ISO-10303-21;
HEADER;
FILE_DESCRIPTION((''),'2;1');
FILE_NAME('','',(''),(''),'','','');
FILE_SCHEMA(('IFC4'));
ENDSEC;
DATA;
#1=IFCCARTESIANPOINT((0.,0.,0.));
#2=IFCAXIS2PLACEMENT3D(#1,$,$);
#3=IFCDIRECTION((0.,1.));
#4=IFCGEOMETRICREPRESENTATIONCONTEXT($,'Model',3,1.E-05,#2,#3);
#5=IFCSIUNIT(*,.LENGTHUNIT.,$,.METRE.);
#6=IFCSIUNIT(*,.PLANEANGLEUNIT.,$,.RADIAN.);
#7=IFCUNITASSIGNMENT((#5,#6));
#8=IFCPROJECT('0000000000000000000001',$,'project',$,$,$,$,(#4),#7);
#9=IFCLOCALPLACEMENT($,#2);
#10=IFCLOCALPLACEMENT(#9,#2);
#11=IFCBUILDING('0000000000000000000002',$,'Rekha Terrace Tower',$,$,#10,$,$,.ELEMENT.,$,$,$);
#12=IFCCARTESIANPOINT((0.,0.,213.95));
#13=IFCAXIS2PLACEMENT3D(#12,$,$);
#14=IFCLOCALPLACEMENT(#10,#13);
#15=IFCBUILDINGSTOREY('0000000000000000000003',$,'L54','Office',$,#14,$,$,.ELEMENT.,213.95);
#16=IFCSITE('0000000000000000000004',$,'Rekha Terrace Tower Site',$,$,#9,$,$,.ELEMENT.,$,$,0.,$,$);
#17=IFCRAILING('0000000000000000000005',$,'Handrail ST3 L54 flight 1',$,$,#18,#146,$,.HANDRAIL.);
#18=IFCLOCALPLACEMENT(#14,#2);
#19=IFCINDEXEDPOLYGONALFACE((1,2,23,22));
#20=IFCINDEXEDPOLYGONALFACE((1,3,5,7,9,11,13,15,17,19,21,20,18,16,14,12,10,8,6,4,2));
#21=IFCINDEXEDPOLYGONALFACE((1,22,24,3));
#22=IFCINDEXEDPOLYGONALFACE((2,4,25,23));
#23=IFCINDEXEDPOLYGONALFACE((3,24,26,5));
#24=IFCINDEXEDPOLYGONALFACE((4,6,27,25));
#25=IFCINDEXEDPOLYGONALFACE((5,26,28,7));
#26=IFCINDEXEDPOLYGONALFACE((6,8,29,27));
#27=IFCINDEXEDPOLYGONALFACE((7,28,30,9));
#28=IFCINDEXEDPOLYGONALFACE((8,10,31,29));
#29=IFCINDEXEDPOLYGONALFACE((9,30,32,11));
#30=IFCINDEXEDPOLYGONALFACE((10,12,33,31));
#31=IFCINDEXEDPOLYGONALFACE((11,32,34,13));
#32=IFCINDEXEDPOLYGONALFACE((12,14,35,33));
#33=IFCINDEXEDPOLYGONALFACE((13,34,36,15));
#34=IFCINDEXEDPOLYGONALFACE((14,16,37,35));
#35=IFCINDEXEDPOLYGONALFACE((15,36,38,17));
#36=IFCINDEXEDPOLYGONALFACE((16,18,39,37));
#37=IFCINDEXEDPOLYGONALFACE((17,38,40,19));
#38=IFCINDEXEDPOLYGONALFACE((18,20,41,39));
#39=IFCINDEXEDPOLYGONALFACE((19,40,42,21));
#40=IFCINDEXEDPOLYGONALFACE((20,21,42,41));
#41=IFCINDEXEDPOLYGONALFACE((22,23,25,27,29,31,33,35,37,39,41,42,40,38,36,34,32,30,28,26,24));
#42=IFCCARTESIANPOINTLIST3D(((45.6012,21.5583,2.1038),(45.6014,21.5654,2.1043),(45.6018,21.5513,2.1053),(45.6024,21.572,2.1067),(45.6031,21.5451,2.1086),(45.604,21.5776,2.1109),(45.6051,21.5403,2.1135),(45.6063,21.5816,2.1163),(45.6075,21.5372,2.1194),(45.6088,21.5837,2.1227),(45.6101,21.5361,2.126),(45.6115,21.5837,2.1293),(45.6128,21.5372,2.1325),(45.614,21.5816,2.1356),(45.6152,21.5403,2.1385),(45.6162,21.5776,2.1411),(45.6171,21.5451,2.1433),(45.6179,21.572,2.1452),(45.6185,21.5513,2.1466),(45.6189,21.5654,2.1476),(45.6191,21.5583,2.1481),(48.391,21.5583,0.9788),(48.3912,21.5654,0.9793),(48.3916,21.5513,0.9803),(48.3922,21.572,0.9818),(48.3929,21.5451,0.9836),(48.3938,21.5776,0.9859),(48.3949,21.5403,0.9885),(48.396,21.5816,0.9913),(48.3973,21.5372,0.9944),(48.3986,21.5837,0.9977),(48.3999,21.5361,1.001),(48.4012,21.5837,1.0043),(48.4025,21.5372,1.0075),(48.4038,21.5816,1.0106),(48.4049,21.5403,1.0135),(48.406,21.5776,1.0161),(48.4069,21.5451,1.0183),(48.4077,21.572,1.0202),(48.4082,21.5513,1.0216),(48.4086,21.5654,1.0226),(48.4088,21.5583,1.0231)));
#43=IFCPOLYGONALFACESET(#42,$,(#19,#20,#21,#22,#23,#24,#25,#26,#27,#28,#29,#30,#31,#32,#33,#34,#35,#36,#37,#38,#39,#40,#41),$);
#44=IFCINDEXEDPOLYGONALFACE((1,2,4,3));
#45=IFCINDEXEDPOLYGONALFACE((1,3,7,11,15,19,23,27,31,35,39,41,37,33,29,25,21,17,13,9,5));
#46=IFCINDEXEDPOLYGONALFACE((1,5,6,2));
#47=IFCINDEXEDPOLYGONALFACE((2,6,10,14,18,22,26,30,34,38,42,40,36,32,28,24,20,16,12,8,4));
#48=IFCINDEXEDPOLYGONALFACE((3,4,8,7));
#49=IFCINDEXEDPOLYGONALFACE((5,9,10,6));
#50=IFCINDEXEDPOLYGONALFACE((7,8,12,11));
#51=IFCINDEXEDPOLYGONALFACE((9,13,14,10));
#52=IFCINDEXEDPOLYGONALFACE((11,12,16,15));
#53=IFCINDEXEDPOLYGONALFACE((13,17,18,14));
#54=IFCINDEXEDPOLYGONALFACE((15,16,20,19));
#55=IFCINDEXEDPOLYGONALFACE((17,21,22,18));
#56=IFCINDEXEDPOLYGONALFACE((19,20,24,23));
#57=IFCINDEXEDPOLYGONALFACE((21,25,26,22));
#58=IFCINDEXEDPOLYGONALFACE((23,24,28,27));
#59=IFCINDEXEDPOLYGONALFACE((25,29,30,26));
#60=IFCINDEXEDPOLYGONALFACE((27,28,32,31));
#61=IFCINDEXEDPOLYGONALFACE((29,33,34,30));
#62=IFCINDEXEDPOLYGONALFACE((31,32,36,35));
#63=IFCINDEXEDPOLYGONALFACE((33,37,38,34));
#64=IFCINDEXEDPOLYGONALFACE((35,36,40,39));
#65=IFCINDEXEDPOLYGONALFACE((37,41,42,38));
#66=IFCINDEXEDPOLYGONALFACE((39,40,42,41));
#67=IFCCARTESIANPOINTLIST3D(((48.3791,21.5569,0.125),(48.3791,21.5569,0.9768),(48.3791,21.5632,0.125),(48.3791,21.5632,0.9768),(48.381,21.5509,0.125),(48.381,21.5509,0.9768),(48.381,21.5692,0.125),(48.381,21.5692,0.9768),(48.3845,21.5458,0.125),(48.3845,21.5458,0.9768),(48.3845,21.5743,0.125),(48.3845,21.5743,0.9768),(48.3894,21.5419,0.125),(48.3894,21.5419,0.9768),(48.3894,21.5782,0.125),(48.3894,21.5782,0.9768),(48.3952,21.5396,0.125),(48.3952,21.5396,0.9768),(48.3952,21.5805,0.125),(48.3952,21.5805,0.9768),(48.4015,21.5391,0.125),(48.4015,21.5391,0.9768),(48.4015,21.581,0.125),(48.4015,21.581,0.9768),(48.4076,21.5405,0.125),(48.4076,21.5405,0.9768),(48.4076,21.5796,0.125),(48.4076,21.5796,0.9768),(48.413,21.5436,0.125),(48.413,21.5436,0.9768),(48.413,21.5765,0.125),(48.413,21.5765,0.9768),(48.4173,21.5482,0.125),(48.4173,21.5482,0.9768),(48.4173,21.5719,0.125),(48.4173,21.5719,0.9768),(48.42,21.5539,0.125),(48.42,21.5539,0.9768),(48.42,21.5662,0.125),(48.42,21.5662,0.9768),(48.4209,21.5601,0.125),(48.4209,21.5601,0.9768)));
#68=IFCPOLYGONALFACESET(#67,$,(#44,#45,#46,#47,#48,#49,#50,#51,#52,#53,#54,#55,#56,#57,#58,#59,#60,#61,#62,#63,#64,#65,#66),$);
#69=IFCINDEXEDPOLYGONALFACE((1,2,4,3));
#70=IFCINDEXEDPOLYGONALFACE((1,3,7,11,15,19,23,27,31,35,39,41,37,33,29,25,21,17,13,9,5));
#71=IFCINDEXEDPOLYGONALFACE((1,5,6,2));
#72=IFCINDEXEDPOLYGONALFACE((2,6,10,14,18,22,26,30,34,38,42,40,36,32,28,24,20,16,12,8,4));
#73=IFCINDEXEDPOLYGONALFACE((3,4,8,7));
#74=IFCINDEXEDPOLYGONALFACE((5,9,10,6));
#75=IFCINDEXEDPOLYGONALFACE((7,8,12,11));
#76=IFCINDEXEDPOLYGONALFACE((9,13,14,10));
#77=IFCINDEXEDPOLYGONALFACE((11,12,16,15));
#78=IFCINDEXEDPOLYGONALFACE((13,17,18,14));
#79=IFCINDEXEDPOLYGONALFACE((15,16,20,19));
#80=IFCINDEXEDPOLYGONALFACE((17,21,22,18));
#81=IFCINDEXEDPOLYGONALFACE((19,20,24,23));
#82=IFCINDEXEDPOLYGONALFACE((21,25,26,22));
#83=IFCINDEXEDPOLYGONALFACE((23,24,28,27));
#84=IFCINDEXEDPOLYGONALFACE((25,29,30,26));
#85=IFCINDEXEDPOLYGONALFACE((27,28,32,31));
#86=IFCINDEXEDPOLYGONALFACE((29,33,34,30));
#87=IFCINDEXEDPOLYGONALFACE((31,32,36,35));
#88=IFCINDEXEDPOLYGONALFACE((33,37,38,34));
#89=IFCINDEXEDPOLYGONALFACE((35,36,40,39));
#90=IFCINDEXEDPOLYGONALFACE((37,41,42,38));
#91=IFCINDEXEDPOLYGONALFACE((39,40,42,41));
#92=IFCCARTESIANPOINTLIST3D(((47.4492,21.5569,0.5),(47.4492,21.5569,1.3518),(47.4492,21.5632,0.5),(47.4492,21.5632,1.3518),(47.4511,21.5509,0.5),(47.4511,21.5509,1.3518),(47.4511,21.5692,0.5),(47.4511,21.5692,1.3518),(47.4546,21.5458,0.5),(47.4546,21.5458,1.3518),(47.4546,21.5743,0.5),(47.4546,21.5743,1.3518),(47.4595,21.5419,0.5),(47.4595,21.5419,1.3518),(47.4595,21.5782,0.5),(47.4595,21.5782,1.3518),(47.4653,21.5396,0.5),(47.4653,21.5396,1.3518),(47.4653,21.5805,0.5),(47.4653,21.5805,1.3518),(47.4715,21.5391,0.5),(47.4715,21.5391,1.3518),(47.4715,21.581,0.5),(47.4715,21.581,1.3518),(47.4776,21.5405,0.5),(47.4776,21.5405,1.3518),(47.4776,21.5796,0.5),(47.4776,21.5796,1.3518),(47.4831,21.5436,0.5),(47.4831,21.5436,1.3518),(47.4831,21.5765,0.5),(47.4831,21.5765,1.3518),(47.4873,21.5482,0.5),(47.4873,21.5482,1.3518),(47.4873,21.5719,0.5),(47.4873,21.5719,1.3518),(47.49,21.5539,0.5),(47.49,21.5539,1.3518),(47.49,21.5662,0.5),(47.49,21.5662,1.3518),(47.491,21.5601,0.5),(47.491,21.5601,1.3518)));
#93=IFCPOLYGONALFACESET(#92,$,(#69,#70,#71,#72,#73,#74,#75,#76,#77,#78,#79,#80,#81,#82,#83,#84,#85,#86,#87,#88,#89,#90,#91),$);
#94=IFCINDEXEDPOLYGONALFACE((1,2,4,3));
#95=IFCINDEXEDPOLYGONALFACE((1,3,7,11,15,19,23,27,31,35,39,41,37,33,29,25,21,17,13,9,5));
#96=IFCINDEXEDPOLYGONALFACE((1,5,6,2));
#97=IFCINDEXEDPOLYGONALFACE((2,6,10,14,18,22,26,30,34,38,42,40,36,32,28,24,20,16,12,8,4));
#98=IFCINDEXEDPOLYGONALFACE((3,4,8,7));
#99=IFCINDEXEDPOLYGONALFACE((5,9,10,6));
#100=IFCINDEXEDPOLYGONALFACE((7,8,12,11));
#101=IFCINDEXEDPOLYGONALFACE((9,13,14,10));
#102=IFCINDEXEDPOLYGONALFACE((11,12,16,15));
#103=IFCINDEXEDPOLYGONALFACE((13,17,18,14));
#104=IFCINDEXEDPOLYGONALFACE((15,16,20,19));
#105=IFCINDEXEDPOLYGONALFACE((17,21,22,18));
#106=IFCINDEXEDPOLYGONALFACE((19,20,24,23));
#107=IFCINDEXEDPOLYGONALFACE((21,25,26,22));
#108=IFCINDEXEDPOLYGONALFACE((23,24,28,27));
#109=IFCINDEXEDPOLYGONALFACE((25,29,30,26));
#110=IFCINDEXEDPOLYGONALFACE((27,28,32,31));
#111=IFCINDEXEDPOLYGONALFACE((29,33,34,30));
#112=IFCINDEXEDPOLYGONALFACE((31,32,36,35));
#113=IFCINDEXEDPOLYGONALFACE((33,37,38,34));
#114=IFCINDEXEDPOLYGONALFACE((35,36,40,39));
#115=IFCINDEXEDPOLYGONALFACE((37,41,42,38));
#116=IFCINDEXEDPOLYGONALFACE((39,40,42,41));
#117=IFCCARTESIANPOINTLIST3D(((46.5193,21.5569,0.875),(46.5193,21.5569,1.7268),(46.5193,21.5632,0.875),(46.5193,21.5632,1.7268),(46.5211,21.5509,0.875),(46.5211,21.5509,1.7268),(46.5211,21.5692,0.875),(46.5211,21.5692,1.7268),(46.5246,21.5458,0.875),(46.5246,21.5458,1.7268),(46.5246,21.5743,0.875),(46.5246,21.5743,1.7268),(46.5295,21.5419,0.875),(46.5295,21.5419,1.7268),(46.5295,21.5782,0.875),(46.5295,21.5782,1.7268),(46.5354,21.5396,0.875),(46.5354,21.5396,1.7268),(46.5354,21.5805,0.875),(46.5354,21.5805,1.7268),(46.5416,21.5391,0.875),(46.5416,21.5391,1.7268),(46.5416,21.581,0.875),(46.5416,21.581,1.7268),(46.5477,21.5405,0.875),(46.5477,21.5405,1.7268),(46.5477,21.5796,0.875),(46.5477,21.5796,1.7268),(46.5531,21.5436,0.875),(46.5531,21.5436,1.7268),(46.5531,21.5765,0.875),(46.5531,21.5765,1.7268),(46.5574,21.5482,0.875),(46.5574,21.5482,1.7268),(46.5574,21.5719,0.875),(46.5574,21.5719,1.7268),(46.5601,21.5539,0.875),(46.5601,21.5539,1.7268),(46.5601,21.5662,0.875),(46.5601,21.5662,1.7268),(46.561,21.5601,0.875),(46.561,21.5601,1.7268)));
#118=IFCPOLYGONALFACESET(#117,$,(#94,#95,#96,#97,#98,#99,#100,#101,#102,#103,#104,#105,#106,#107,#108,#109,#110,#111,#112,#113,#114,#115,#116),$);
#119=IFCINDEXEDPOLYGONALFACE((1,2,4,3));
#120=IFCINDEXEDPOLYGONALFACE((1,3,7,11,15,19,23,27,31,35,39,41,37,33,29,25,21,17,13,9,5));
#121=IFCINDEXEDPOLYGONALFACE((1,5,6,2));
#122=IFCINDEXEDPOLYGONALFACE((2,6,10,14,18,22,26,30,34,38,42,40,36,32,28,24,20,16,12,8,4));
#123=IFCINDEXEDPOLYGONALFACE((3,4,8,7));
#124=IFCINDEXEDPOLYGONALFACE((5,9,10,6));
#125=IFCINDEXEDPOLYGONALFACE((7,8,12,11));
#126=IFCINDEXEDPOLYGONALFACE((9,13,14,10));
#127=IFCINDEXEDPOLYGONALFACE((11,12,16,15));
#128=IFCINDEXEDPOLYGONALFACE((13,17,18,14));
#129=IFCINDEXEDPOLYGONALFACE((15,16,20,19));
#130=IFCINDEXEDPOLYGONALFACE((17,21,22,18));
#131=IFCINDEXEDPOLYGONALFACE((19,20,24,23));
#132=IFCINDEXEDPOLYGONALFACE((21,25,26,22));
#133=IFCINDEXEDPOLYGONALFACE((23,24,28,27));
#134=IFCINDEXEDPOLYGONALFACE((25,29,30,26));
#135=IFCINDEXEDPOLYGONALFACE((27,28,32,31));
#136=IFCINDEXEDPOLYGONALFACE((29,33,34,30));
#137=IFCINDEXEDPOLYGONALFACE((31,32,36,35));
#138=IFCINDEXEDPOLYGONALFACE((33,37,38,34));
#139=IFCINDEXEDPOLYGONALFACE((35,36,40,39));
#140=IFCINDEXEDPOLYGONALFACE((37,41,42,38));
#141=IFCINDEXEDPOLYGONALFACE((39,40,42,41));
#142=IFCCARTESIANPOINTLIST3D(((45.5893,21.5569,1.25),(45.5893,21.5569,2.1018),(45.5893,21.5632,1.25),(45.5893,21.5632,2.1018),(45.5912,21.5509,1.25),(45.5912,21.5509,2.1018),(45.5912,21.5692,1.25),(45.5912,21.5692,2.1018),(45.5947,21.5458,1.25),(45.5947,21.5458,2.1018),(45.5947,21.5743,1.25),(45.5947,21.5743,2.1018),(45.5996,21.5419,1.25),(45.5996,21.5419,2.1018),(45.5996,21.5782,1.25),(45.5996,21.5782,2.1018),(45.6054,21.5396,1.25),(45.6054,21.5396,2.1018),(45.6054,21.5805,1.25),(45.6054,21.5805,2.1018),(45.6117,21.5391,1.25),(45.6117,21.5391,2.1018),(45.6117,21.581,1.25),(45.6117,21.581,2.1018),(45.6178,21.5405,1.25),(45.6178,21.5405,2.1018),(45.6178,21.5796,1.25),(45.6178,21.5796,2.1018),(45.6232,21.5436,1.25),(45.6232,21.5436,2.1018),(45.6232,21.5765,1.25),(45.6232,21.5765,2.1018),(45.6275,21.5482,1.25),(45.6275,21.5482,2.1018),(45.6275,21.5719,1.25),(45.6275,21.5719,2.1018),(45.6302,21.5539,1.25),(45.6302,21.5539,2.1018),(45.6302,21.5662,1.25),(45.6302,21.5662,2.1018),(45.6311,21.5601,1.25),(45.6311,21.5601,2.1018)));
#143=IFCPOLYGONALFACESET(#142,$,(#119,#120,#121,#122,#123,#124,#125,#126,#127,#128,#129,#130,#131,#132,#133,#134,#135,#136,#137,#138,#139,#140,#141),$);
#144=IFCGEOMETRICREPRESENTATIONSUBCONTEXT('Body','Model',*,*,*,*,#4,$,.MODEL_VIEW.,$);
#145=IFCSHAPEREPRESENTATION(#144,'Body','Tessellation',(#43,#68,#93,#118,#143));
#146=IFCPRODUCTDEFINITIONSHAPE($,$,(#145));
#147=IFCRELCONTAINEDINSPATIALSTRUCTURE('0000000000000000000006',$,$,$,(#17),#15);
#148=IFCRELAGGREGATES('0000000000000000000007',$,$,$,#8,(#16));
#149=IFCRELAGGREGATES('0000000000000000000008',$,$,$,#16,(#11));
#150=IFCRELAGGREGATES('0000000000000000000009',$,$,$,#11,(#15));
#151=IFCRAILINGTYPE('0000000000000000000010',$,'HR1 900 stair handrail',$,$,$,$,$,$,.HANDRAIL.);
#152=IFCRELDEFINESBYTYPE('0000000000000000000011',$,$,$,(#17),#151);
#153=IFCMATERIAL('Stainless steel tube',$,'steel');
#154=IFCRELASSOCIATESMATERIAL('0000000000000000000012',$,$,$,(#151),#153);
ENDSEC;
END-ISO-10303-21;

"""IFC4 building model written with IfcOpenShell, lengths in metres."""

from ifc_helpers import new_model, si_unit, direction, frame, origin, origin_2d, place, context, subcontext, project, spatial, circle, extrude, material, type_object, element, save


model = new_model("IFC4")

# Units and contexts
model_context = context("Model", 3, precision=1e-05, world=origin(), true_north=direction((0.0, 1.0)))
body_context = subcontext(model_context, "Body", "Model", "MODEL_VIEW")
ifc_project = project(units=[si_unit("LENGTHUNIT", "METRE"), si_unit("PLANEANGLEUNIT", "RADIAN")], contexts=[model_context])

# Site, building, storey
site_placement = place(None, origin())
site = spatial("IfcSite", under=ifc_project, at=site_placement, Name="Rekha Terrace Tower Site", CompositionType="ELEMENT", RefElevation=0.0)
building_placement = place(site_placement, origin())
building = spatial("IfcBuilding", under=site, at=building_placement, Name="Rekha Terrace Tower", CompositionType="ELEMENT")
storey_placement = place(building_placement, frame((0.0, 0.0, 213.95)))
storey = spatial("IfcBuildingStorey", under=building, at=storey_placement, Name="L54", Description="Office", CompositionType="ELEMENT", Elevation=213.95)

# Railing
ifc_material_1 = material(Name="Stainless steel tube", Category="steel")
railing_type_1 = type_object("IfcRailingType", Name="HR1 900 stair handrail", PredefinedType="HANDRAIL", material=ifc_material_1)
railing_1_placement = place(storey_placement, frame((48.3999, 21.5601, 0.125)))
element("IfcRailing", 1, at=railing_1_placement, inside=storey, type_object=railing_type_1, Name="Handrail ST3 L54 flight 1", PredefinedType="HANDRAIL", context=body_context, shape_type="SweptSolid", body=[
    extrude(circle(Radius=0.0239, at=origin_2d()), frame((0.0, 0.0, 0.876), z_axis=(-0.927432, 0.0, 0.373992), x_axis=(0.0, -1.0, 0.0)), (0.0, 0.0, 1.0), 3.0081),
    extrude(circle(Radius=0.021, at=origin_2d()), origin(), (0.0, 0.0, 1.0), 0.8518),
    extrude(circle(Radius=0.021, at=origin_2d()), frame((-0.9299, 0.0, 0.375)), (0.0, 0.0, 1.0), 0.8518),
    extrude(circle(Radius=0.021, at=origin_2d()), frame((-1.8599, 0.0, 0.75)), (0.0, 0.0, 1.0), 0.8518),
    extrude(circle(Radius=0.021, at=origin_2d()), frame((-2.7898, 0.0, 1.125)), (0.0, 0.0, 1.0), 0.8518),
])

save(model, "model.ifc")
